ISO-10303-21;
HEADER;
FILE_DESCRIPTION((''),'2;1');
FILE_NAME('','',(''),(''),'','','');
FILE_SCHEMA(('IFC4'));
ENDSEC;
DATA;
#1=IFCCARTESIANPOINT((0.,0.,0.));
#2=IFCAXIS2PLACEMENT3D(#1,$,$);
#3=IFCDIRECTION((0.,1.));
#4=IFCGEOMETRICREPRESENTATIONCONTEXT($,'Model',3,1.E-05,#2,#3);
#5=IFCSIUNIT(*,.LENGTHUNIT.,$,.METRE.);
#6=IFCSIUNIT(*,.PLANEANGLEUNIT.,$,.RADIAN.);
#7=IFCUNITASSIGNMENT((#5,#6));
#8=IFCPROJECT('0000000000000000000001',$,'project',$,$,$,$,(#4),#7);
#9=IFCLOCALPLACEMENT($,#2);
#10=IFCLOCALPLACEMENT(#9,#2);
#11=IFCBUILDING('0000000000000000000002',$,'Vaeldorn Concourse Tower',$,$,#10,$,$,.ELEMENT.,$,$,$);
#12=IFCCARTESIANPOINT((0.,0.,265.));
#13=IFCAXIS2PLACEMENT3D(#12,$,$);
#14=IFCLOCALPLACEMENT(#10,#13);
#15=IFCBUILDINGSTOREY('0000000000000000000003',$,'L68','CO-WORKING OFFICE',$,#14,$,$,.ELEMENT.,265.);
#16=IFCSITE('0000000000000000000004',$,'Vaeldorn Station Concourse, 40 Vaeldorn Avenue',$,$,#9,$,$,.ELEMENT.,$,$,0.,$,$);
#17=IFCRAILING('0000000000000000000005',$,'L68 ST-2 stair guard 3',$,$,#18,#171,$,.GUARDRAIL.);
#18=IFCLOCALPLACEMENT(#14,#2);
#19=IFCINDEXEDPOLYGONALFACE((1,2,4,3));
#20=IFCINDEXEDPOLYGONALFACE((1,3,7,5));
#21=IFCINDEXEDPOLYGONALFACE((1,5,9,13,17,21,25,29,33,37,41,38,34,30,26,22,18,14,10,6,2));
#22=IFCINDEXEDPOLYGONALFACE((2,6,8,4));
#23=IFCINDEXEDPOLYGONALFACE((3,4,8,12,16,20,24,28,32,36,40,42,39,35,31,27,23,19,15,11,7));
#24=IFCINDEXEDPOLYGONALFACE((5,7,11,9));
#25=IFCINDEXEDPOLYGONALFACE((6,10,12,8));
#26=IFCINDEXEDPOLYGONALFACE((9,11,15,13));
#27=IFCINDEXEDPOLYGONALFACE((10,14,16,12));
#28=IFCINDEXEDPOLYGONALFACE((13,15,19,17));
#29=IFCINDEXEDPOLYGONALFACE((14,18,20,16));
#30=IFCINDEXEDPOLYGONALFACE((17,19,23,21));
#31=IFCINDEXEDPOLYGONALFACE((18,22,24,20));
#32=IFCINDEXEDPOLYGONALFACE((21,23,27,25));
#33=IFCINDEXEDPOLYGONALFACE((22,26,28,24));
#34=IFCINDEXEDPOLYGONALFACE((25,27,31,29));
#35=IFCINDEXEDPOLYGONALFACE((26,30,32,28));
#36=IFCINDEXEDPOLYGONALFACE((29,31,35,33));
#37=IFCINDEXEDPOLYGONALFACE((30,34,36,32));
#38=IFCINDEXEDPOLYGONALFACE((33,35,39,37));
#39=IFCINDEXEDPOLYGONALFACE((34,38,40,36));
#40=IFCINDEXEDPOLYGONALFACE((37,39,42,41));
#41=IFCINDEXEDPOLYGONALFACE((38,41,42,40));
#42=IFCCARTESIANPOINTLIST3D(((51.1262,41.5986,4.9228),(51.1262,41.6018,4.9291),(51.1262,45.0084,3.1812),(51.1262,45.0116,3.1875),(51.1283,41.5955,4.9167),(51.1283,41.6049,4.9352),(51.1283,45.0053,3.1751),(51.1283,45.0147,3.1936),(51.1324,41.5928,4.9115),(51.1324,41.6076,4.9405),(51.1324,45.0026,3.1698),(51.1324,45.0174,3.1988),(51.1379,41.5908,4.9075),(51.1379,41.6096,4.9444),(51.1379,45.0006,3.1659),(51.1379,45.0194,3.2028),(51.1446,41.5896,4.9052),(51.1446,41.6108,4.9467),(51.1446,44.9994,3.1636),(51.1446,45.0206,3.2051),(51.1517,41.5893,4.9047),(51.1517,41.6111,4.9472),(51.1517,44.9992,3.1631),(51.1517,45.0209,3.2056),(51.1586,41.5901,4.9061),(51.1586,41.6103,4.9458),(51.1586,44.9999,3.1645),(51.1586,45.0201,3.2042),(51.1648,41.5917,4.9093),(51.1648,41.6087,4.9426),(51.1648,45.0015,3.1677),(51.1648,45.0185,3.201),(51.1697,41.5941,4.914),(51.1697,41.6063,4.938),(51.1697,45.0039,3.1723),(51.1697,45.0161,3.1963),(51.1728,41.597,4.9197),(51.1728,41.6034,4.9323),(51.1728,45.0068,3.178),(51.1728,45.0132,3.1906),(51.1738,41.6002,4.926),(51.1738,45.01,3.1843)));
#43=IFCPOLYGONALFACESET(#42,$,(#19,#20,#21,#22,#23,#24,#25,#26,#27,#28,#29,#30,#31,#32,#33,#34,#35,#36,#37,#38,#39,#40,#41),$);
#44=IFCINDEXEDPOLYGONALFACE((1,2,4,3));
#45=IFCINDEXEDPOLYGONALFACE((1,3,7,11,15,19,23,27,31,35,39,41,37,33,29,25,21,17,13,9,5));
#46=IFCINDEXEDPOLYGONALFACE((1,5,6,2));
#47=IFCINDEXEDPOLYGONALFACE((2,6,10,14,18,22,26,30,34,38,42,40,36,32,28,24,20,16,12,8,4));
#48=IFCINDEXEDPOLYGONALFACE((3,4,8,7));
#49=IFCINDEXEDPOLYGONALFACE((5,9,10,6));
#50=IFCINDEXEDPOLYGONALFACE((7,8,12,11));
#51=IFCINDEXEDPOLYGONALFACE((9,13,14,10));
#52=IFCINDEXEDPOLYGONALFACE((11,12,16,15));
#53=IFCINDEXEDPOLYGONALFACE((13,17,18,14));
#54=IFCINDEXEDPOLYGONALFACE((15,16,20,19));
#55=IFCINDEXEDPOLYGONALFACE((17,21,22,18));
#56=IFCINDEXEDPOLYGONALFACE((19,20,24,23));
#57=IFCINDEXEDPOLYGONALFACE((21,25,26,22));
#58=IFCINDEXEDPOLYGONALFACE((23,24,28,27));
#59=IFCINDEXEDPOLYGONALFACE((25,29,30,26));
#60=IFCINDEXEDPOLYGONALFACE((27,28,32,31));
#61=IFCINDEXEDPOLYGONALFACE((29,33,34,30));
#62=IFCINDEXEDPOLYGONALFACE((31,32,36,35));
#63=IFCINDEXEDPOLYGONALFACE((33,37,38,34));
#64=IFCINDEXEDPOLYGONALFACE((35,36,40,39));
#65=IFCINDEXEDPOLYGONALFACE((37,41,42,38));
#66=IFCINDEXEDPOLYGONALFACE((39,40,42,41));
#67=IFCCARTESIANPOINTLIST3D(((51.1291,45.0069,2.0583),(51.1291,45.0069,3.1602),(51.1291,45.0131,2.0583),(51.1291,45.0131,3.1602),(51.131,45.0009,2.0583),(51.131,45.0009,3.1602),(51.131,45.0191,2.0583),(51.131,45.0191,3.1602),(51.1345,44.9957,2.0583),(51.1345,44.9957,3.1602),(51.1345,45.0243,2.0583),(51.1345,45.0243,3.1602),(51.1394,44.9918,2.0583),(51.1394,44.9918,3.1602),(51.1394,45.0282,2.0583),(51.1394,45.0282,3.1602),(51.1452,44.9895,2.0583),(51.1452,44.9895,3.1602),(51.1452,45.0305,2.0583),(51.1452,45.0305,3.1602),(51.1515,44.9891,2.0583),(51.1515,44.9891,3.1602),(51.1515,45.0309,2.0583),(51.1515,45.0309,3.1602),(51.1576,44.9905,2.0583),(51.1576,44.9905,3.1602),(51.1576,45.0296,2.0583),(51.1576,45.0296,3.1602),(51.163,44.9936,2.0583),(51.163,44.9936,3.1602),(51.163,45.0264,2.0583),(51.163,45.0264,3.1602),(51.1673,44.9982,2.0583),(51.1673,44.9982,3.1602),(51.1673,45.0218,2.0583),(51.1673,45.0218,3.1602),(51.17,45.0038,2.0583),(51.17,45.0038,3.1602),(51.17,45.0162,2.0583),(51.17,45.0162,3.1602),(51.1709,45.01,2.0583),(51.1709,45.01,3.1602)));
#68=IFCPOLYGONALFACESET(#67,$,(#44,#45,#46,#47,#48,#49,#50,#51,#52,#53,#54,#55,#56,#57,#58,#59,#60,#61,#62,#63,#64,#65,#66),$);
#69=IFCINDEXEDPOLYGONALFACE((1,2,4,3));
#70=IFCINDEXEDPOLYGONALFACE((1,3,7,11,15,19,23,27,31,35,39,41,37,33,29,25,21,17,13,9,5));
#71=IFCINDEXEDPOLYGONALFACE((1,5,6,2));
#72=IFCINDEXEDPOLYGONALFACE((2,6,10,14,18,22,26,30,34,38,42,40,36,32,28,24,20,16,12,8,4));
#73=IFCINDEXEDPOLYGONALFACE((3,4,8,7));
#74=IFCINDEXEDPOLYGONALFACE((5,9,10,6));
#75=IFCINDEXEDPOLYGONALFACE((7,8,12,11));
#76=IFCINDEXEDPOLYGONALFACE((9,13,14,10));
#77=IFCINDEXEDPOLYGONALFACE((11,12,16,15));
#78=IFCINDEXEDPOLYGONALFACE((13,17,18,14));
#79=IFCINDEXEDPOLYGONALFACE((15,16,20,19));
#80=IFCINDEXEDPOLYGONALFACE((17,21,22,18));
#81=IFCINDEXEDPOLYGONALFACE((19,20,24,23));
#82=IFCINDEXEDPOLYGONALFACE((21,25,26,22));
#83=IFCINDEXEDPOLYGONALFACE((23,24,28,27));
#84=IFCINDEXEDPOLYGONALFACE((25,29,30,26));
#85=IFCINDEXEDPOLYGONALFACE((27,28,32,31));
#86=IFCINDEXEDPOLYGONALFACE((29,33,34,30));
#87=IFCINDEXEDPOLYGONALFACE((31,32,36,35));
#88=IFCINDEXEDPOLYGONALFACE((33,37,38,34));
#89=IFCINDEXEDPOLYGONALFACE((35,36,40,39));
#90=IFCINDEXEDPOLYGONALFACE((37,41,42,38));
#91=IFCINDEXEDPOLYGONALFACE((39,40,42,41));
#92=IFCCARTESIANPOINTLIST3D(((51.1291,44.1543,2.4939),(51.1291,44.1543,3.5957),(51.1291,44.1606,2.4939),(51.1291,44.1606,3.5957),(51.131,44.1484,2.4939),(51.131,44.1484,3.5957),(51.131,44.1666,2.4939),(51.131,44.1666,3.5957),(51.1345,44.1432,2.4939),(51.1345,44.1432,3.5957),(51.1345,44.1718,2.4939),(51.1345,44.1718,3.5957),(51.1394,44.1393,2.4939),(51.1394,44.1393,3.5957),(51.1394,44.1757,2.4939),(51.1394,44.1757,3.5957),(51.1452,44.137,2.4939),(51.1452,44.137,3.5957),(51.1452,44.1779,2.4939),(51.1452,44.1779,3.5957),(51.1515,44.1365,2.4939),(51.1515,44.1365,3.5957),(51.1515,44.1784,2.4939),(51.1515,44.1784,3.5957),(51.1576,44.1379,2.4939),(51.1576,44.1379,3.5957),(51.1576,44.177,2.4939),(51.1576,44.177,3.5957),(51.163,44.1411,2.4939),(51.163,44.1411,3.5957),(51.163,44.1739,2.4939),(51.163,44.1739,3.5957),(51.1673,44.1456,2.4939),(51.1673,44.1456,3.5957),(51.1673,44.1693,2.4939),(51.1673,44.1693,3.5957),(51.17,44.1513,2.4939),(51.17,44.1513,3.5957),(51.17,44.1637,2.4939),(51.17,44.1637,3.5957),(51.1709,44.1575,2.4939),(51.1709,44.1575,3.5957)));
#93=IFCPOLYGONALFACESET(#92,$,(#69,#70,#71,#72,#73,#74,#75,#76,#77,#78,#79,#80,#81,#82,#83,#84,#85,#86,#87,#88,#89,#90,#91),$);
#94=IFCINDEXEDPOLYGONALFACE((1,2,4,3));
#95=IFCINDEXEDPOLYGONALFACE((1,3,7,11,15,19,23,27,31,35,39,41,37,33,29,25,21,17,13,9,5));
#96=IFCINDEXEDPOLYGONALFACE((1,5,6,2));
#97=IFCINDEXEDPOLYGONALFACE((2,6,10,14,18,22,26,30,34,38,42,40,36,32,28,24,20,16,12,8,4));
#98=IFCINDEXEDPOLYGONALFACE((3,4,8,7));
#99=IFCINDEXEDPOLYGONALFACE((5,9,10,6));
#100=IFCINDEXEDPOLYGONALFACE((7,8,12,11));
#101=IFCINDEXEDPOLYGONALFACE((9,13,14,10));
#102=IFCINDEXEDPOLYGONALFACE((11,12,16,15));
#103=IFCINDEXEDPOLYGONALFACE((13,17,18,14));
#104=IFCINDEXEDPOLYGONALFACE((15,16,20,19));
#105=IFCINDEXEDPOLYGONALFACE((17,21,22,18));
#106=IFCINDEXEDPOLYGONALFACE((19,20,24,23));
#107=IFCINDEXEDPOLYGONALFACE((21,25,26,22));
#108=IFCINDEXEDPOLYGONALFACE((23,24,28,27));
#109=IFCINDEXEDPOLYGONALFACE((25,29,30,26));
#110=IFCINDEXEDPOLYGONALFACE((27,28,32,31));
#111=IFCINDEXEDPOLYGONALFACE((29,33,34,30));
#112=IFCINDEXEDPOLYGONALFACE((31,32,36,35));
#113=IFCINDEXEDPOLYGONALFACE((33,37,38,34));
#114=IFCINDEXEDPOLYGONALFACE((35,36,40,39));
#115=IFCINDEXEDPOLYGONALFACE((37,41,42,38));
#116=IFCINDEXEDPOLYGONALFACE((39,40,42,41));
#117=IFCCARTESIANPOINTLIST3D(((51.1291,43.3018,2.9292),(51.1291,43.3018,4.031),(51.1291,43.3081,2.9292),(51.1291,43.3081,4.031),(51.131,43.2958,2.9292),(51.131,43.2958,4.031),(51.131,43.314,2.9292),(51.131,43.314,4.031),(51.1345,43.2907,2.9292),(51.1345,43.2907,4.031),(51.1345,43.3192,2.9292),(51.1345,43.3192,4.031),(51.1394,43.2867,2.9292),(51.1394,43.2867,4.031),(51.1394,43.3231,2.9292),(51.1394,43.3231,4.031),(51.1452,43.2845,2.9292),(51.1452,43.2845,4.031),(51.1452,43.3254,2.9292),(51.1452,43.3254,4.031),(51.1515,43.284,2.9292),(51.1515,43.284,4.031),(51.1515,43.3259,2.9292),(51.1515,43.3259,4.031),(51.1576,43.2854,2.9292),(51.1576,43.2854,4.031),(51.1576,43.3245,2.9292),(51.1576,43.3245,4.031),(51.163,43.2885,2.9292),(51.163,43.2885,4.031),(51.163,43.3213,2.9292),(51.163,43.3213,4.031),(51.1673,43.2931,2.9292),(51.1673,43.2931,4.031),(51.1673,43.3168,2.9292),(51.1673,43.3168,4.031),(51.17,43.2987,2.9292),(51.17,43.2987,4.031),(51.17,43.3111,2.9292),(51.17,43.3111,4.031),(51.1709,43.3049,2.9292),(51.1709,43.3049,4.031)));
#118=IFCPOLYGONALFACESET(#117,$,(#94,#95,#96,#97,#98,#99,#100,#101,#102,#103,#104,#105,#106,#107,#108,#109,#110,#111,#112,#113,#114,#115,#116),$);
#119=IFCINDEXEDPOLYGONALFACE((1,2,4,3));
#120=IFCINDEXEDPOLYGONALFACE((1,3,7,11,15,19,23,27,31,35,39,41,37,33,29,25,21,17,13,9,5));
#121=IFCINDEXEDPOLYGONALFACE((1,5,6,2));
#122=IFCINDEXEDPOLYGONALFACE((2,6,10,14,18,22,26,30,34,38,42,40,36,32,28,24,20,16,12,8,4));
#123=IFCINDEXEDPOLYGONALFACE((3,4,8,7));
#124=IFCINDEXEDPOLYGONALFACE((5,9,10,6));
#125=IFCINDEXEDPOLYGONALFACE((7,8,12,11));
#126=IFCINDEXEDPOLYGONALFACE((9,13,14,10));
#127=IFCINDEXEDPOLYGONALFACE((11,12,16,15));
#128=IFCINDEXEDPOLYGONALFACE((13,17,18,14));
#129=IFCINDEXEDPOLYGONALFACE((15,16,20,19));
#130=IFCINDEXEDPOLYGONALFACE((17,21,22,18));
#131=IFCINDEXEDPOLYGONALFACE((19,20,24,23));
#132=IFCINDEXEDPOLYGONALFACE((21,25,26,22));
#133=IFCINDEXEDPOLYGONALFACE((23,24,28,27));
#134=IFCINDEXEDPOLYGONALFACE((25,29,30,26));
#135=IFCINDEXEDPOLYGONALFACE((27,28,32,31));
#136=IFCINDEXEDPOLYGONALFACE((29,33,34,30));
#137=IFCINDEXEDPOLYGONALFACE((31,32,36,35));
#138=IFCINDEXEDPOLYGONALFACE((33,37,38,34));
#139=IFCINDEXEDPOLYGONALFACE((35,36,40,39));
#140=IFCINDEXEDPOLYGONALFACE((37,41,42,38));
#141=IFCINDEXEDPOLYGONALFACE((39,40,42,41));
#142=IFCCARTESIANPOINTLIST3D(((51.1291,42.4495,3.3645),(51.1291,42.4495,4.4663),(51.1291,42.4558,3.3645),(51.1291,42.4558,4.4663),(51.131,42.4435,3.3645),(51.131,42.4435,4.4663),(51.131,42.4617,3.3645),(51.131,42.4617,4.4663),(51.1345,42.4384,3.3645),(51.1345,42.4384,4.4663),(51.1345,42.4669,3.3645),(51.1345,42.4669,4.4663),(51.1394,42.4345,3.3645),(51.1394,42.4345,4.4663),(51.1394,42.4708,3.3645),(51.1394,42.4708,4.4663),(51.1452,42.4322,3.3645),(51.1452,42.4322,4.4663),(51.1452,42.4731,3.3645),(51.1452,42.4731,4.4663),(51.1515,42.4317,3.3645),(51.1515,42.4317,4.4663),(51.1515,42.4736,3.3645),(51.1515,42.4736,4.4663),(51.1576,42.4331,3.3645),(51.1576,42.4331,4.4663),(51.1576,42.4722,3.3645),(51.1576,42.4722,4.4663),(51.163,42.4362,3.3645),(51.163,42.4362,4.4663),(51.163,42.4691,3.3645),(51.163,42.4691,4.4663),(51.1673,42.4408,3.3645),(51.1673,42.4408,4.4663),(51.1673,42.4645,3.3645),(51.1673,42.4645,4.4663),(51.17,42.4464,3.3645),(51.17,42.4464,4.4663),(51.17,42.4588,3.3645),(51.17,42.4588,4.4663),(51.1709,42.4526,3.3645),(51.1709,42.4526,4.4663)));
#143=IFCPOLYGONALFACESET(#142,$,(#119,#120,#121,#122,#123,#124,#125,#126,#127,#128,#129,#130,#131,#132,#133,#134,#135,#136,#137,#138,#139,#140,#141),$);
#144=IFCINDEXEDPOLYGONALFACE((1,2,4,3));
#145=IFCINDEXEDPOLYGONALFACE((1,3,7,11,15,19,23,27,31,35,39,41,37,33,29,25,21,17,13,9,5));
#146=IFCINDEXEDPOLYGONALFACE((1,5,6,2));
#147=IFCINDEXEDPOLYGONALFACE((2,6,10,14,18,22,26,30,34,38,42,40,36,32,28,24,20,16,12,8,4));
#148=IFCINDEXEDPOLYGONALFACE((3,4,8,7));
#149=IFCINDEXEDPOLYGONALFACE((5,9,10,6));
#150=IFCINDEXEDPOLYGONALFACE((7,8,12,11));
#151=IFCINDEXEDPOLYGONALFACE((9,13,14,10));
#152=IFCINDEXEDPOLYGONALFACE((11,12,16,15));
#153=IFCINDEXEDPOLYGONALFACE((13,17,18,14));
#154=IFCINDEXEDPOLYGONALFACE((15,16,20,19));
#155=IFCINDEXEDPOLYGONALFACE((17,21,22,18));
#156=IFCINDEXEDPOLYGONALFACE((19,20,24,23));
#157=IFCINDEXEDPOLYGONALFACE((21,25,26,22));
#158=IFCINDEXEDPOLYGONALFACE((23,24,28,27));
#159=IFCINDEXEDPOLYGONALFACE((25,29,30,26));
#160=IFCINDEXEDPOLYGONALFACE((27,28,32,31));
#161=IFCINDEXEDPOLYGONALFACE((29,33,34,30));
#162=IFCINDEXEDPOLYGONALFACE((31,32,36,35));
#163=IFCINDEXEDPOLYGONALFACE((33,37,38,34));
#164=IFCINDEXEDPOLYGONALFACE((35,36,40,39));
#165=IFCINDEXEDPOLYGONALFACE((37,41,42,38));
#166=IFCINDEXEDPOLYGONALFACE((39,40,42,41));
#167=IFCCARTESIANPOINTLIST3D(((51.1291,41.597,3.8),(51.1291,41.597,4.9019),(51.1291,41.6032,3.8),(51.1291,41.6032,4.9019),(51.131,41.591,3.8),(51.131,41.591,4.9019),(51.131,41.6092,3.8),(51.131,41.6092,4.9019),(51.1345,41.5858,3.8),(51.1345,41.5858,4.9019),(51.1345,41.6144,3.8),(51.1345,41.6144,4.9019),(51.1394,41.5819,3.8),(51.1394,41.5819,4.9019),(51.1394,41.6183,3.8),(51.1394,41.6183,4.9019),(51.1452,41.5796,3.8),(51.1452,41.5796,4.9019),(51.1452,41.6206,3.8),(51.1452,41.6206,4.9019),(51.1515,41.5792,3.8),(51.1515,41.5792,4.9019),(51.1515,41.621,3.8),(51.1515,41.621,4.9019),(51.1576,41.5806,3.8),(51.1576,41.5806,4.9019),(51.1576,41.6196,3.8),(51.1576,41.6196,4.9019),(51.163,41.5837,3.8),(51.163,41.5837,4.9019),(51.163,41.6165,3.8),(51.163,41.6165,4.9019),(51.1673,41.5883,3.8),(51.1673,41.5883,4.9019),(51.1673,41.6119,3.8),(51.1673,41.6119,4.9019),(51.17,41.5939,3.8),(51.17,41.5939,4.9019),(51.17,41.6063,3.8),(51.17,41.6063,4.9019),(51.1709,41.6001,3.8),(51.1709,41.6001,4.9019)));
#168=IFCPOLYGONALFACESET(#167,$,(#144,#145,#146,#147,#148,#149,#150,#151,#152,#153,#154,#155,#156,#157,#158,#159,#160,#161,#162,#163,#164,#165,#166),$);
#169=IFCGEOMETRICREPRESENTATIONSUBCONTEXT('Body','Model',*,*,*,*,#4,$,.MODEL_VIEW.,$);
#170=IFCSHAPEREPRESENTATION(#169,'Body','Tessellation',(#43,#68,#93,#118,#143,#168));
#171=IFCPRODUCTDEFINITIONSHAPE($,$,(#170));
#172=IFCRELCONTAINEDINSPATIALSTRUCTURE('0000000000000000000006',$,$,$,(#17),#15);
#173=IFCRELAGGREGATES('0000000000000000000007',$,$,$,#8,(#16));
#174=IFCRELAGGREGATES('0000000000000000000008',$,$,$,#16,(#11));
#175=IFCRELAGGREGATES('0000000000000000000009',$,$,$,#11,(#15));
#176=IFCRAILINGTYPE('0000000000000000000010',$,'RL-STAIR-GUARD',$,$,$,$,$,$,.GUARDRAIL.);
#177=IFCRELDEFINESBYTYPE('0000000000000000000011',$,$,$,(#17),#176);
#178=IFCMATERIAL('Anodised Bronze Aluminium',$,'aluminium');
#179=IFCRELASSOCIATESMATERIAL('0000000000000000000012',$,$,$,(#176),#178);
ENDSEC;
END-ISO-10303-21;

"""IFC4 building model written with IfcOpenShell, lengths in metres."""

from ifc_helpers import new_model, si_unit, direction, frame, origin, origin_2d, place, context, subcontext, project, spatial, circle, extrude, material, type_object, element, save


model = new_model("IFC4")

# Units and contexts
model_context = context("Model", 3, precision=1e-05, world=origin(), true_north=direction((0.0, 1.0)))
body_context = subcontext(model_context, "Body", "Model", "MODEL_VIEW")
ifc_project = project(units=[si_unit("LENGTHUNIT", "METRE"), si_unit("PLANEANGLEUNIT", "RADIAN")], contexts=[model_context])

# Site, building, storey
site_placement = place(None, origin())
site = spatial("IfcSite", under=ifc_project, at=site_placement, Name="Vaeldorn Station Concourse, 40 Vaeldorn Avenue", CompositionType="ELEMENT", RefElevation=0.0)
building_placement = place(site_placement, origin())
building = spatial("IfcBuilding", under=site, at=building_placement, Name="Vaeldorn Concourse Tower", CompositionType="ELEMENT")
storey_placement = place(building_placement, frame((0.0, 0.0, 265.0)))
storey = spatial("IfcBuildingStorey", under=building, at=storey_placement, Name="L68", Description="CO-WORKING OFFICE", CompositionType="ELEMENT", Elevation=265.0)

# Shared definitions
ifc_material_1 = material(Name="Anodised Bronze Aluminium", Category="aluminium")

# Railing
railing_type_1 = type_object("IfcRailingType", Name="RL-STAIR-GUARD", PredefinedType="GUARDRAIL", material=ifc_material_1)
railing_1_placement = place(storey_placement, frame((51.1499, 45.01, 2.0583)))
element("IfcRailing", 1, at=railing_1_placement, inside=storey, type_object=railing_type_1, Name="L68 ST-2 stair guard 3", PredefinedType="GUARDRAIL", context=body_context, shape_type="SweptSolid", body=[
    extrude(circle(Radius=0.0239, at=origin_2d()), frame((0.0, 0.0, 1.126), z_axis=(0.0, -0.890556, 0.454874), x_axis=(1.0, 0.0, 0.0)), (0.0, 0.0, 1.0), 3.8289),
    extrude(circle(Radius=0.021, at=origin_2d()), origin(), (0.0, 0.0, 1.0), 1.1018),
    extrude(circle(Radius=0.021, at=origin_2d()), frame((0.0, -0.8525, 0.4355)), (0.0, 0.0, 1.0), 1.1018),
    extrude(circle(Radius=0.021, at=origin_2d()), frame((0.0, -1.7051, 0.8708)), (0.0, 0.0, 1.0), 1.1018),
    extrude(circle(Radius=0.021, at=origin_2d()), frame((0.0, -2.5574, 1.3062)), (0.0, 0.0, 1.0), 1.1018),
    extrude(circle(Radius=0.021, at=origin_2d()), frame((0.0, -3.4099, 1.7417)), (0.0, 0.0, 1.0), 1.1018),
])

save(model, "model.ifc")
